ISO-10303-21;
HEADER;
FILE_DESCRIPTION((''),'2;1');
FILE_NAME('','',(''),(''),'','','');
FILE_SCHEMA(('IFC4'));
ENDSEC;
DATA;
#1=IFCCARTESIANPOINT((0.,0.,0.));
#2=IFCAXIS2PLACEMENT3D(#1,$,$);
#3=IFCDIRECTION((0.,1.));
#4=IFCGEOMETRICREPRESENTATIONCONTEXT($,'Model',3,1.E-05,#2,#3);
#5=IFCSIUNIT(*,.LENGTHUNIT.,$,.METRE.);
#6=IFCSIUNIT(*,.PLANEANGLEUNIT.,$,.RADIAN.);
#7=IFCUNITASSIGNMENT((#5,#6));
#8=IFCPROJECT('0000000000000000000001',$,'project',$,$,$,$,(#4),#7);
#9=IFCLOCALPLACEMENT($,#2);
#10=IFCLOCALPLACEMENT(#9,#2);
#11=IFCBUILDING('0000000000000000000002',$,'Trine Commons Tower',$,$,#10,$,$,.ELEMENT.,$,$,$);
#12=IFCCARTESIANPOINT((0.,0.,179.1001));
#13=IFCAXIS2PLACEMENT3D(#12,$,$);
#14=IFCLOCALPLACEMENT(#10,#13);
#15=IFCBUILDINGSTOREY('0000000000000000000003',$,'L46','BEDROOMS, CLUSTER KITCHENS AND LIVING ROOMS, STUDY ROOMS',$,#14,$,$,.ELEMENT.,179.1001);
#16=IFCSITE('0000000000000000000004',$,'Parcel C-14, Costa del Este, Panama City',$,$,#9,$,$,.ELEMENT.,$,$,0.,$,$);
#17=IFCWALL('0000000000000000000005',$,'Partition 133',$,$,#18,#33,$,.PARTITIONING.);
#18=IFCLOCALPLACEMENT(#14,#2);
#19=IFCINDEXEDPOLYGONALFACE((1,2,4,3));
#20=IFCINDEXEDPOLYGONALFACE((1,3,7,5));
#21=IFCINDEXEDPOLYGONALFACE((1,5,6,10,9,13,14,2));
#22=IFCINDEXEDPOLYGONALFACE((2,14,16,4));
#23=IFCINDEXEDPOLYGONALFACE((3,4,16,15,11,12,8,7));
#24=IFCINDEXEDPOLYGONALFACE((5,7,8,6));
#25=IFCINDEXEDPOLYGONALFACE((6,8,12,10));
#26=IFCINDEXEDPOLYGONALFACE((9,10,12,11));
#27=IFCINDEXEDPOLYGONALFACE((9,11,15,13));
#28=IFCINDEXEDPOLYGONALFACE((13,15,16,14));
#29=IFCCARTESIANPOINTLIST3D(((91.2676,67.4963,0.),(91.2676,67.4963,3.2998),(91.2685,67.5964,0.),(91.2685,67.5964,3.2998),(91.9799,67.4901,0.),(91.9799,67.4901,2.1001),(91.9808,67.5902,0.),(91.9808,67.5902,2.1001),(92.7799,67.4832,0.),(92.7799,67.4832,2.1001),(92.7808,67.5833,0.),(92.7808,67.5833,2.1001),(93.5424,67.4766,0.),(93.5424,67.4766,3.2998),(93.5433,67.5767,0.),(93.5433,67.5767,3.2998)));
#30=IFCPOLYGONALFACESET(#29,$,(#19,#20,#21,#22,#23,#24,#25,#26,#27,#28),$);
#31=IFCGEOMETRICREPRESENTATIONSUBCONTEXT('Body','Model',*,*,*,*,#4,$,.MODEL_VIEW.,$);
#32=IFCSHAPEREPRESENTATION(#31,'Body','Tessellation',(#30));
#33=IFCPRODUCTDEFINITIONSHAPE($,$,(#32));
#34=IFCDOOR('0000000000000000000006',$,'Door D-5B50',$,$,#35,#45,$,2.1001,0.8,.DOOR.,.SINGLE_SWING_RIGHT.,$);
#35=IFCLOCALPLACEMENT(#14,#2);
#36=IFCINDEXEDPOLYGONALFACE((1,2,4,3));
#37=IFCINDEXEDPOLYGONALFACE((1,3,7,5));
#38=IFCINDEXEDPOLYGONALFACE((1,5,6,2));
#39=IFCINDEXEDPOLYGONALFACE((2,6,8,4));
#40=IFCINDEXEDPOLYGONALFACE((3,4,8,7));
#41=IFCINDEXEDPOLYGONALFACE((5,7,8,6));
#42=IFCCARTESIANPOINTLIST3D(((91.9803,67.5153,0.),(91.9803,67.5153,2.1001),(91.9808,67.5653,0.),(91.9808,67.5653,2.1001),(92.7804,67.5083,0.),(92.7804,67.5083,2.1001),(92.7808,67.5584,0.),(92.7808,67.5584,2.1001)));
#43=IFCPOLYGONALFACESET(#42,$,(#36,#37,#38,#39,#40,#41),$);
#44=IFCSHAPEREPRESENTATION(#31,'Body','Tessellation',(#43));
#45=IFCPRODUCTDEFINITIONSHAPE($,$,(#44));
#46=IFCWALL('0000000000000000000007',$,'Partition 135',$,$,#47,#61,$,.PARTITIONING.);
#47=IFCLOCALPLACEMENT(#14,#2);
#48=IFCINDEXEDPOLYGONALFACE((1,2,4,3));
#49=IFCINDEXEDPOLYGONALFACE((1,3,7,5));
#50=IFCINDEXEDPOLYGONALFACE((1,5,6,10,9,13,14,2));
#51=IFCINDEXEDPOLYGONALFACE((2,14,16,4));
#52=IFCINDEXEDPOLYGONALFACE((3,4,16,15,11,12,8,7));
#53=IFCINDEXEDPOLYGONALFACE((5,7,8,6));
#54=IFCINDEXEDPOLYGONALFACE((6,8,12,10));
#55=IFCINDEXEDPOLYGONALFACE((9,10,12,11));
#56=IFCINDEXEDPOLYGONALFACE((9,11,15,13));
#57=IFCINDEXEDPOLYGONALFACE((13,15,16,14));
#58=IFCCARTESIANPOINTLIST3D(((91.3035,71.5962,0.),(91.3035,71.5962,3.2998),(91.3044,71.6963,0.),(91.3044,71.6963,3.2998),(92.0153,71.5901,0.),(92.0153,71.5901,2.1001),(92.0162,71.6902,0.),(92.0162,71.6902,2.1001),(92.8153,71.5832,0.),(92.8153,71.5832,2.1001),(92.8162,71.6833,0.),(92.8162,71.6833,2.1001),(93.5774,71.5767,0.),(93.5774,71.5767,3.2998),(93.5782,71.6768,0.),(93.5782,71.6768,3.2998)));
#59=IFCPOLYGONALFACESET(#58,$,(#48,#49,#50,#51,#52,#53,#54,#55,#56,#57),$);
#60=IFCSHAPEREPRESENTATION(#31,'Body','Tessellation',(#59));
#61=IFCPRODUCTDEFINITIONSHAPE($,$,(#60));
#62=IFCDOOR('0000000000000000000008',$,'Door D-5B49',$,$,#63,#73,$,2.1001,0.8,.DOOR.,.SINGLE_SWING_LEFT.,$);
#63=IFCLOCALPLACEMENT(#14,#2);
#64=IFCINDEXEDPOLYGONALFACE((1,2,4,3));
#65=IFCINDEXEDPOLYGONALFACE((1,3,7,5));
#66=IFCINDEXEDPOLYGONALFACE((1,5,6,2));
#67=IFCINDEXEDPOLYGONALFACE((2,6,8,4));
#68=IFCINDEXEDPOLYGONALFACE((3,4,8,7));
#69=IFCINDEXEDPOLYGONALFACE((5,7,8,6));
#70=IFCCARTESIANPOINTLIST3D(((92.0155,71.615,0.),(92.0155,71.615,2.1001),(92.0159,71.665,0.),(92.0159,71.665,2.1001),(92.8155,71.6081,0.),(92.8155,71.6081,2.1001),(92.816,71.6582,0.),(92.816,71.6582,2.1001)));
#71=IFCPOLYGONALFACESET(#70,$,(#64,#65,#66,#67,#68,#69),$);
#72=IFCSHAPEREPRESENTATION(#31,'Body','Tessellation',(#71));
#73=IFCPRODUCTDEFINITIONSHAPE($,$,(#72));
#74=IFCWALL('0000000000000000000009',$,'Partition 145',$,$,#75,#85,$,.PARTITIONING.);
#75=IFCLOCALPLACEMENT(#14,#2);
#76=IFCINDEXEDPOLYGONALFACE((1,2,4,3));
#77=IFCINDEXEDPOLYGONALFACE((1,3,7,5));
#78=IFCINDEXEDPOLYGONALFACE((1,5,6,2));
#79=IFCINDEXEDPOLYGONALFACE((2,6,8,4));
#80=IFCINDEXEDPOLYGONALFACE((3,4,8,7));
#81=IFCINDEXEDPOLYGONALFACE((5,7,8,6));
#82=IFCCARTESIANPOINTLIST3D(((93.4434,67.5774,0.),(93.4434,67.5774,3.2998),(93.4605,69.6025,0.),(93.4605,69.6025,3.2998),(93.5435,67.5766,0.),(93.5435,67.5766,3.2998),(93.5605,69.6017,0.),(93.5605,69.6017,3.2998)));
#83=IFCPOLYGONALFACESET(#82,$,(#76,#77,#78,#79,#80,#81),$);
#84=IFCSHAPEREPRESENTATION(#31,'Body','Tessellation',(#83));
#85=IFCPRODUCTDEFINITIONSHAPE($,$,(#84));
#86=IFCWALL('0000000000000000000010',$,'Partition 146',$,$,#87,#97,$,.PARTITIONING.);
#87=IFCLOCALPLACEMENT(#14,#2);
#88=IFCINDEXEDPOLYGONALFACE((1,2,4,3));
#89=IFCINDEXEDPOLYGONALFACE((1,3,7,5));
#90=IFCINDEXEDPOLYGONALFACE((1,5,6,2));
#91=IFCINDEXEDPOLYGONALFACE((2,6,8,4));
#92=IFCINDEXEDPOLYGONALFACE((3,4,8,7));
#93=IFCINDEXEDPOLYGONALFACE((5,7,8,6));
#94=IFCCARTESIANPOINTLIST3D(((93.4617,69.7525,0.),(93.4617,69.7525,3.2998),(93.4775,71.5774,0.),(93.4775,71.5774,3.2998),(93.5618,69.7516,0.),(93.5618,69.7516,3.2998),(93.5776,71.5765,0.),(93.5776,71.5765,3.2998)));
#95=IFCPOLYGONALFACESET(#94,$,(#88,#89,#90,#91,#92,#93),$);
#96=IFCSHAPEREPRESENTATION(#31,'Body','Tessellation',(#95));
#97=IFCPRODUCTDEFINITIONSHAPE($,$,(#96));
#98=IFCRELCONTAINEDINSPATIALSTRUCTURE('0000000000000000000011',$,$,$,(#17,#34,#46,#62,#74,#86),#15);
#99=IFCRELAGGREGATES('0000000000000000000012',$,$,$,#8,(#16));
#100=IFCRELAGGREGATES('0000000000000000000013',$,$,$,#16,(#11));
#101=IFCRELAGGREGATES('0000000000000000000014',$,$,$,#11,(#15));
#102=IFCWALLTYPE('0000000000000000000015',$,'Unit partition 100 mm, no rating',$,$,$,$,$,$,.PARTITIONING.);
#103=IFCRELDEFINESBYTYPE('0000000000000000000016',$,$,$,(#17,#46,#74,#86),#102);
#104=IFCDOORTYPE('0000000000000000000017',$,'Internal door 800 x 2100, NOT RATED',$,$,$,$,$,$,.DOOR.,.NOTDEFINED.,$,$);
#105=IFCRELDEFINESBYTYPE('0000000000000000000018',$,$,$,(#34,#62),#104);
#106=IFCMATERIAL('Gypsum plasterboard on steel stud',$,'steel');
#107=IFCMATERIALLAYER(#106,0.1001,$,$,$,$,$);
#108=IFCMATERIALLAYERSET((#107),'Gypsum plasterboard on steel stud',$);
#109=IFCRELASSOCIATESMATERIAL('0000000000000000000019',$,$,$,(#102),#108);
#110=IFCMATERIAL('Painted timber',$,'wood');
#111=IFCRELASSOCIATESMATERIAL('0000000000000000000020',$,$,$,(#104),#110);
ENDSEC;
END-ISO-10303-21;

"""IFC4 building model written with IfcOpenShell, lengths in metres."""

from ifc_helpers import new_model, si_unit, direction, frame, frame_2d, origin, place, context, subcontext, project, spatial, rectangle, extrude, material, layer, layer_set, type_object, element, fill, save


model = new_model("IFC4")

# Units and contexts
model_context = context("Model", 3, precision=1e-05, world=origin(), true_north=direction((0.0, 1.0)))
body_context = subcontext(model_context, "Body", "Model", "MODEL_VIEW")
ifc_project = project(units=[si_unit("LENGTHUNIT", "METRE"), si_unit("PLANEANGLEUNIT", "RADIAN")], contexts=[model_context])

# Site, building, storey
site_placement = place(None, origin())
site = spatial("IfcSite", under=ifc_project, at=site_placement, Name="Parcel C-14, Costa del Este, Panama City", CompositionType="ELEMENT", RefElevation=0.0)
building_placement = place(site_placement, origin())
building = spatial("IfcBuilding", under=site, at=building_placement, Name="Trine Commons Tower", CompositionType="ELEMENT")
storey_placement = place(building_placement, frame((0.0, 0.0, 179.1001)))
storey = spatial("IfcBuildingStorey", under=building, at=storey_placement, Name="L46", Description="BEDROOMS, CLUSTER KITCHENS AND LIVING ROOMS, STUDY ROOMS", CompositionType="ELEMENT", Elevation=179.1001)

# Shared definitions
ifc_material_1 = material(Name="Gypsum plasterboard on steel stud", Category="steel")

# Walls, openings, doors
ifc_layer_1 = layer(ifc_material_1, 0.1001)
ifc_layer_set_1 = layer_set([ifc_layer_1], Name="Gypsum plasterboard on steel stud")
wall_type_1 = type_object("IfcWallType", Name="Unit partition 100 mm, no rating", PredefinedType="PARTITIONING", material=ifc_layer_set_1)
wall_1_placement = place(storey_placement, frame((91.2681, 67.5464, 0.0), z_axis=(0.0, 0.0, 1.0), x_axis=(0.999962, -0.008693, 0.0)))
wall_1 = element("IfcWall", 1, at=wall_1_placement, inside=storey, type_object=wall_type_1, Name="Partition 133", PredefinedType="PARTITIONING", context=body_context, shape_type="SweptSolid", body=[
    extrude(rectangle(XDim=2.2749, YDim=0.1001, at=frame_2d((1.1375, 0.0))), origin(), (0.0, 0.0, 1.0), 3.2998),
])
opening_1_placement = place(wall_1_placement, frame((0.7124, 0.0, 0.0)))
opening_1 = element("IfcOpeningElement", 2, at=opening_1_placement, cuts=wall_1, PredefinedType="OPENING", context=body_context, shape_type="SweptSolid", body=[
    extrude(rectangle(XDim=0.8, YDim=2.1001, at=frame_2d((0.3999, 1.05))), frame((0.0, 0.0601, 0.0), z_axis=(0.0, -1.0, 0.0), x_axis=(1.0, 0.0, 0.0)), (0.0, 0.0, 1.0), 0.1201),
])
ifc_material_2 = material(Name="Painted timber", Category="wood")
door_type_1 = type_object("IfcDoorType", Name="Internal door 800 x 2100, NOT RATED", OperationType="NOTDEFINED", PredefinedType="DOOR", material=ifc_material_2)
door_1_placement = place(opening_1_placement, frame((0.8, 0.0, 0.0), z_axis=(0.0, 0.0, 1.0), x_axis=(-1.0, 0.0, 0.0)))
door_1 = element("IfcDoor", 3, at=door_1_placement, inside=storey, type_object=door_type_1, Name="Door D-5B50", OperationType="SINGLE_SWING_RIGHT", OverallHeight=2.1001, OverallWidth=0.8, PredefinedType="DOOR", context=body_context, shape_type="SweptSolid", body=[
    extrude(rectangle(XDim=0.8, YDim=2.1001, at=frame_2d((0.3999, 1.05))), frame((0.0, 0.0249, 0.0), z_axis=(0.0, -1.0, 0.0), x_axis=(1.0, 0.0, 0.0)), (0.0, 0.0, 1.0), 0.05),
])
fill(opening_1, door_1)
wall_2_placement = place(storey_placement, frame((91.304, 71.6462, 0.0), z_axis=(0.0, 0.0, 1.0), x_axis=(0.999963, -0.008589, 0.0)))
wall_2 = element("IfcWall", 4, at=wall_2_placement, inside=storey, type_object=wall_type_1, Name="Partition 135", PredefinedType="PARTITIONING", context=body_context, shape_type="SweptSolid", body=[
    extrude(rectangle(XDim=2.2739, YDim=0.1001, at=frame_2d((1.137, 0.0))), origin(), (0.0, 0.0, 1.0), 3.2998),
])
opening_2_placement = place(wall_2_placement, frame((0.7119, 0.0, 0.0)))
opening_2 = element("IfcOpeningElement", 5, at=opening_2_placement, cuts=wall_2, PredefinedType="OPENING", context=body_context, shape_type="SweptSolid", body=[
    extrude(rectangle(XDim=0.8, YDim=2.1001, at=frame_2d((0.3999, 1.05))), frame((0.0, 0.0601, 0.0), z_axis=(0.0, -1.0, 0.0), x_axis=(1.0, 0.0, 0.0)), (0.0, 0.0, 1.0), 0.1201),
])
door_2_placement = place(opening_2_placement, origin())
door_2 = element("IfcDoor", 6, at=door_2_placement, inside=storey, type_object=door_type_1, Name="Door D-5B49", OperationType="SINGLE_SWING_LEFT", OverallHeight=2.1001, OverallWidth=0.8, PredefinedType="DOOR", context=body_context, shape_type="SweptSolid", body=[
    extrude(rectangle(XDim=0.8, YDim=2.1001, at=frame_2d((0.3999, 1.05))), frame((0.0, 0.0249, 0.0), z_axis=(0.0, -1.0, 0.0), x_axis=(1.0, 0.0, 0.0)), (0.0, 0.0, 1.0), 0.05),
])
fill(opening_2, door_2)

# Walls
wall_3_placement = place(storey_placement, frame((93.4934, 67.5769, 0.0), z_axis=(0.0, 0.0, 1.0), x_axis=(0.008439, 0.999964, 0.0)))
element("IfcWall", 7, at=wall_3_placement, inside=storey, type_object=wall_type_1, Name="Partition 145", PredefinedType="PARTITIONING", context=body_context, shape_type="SweptSolid", body=[
    extrude(rectangle(XDim=2.0251, YDim=0.1001, at=frame_2d((1.0127, 0.0))), origin(), (0.0, 0.0, 1.0), 3.2998),
])
wall_4_placement = place(storey_placement, frame((93.5117, 69.752, 0.0), z_axis=(0.0, 0.0, 1.0), x_axis=(0.008695, 0.999962, 0.0)))
element("IfcWall", 8, at=wall_4_placement, inside=storey, type_object=wall_type_1, Name="Partition 146", PredefinedType="PARTITIONING", context=body_context, shape_type="SweptSolid", body=[
    extrude(rectangle(XDim=1.825, YDim=0.1001, at=frame_2d((0.9126, 0.0))), origin(), (0.0, 0.0, 1.0), 3.2998),
])

save(model, "model.ifc")
